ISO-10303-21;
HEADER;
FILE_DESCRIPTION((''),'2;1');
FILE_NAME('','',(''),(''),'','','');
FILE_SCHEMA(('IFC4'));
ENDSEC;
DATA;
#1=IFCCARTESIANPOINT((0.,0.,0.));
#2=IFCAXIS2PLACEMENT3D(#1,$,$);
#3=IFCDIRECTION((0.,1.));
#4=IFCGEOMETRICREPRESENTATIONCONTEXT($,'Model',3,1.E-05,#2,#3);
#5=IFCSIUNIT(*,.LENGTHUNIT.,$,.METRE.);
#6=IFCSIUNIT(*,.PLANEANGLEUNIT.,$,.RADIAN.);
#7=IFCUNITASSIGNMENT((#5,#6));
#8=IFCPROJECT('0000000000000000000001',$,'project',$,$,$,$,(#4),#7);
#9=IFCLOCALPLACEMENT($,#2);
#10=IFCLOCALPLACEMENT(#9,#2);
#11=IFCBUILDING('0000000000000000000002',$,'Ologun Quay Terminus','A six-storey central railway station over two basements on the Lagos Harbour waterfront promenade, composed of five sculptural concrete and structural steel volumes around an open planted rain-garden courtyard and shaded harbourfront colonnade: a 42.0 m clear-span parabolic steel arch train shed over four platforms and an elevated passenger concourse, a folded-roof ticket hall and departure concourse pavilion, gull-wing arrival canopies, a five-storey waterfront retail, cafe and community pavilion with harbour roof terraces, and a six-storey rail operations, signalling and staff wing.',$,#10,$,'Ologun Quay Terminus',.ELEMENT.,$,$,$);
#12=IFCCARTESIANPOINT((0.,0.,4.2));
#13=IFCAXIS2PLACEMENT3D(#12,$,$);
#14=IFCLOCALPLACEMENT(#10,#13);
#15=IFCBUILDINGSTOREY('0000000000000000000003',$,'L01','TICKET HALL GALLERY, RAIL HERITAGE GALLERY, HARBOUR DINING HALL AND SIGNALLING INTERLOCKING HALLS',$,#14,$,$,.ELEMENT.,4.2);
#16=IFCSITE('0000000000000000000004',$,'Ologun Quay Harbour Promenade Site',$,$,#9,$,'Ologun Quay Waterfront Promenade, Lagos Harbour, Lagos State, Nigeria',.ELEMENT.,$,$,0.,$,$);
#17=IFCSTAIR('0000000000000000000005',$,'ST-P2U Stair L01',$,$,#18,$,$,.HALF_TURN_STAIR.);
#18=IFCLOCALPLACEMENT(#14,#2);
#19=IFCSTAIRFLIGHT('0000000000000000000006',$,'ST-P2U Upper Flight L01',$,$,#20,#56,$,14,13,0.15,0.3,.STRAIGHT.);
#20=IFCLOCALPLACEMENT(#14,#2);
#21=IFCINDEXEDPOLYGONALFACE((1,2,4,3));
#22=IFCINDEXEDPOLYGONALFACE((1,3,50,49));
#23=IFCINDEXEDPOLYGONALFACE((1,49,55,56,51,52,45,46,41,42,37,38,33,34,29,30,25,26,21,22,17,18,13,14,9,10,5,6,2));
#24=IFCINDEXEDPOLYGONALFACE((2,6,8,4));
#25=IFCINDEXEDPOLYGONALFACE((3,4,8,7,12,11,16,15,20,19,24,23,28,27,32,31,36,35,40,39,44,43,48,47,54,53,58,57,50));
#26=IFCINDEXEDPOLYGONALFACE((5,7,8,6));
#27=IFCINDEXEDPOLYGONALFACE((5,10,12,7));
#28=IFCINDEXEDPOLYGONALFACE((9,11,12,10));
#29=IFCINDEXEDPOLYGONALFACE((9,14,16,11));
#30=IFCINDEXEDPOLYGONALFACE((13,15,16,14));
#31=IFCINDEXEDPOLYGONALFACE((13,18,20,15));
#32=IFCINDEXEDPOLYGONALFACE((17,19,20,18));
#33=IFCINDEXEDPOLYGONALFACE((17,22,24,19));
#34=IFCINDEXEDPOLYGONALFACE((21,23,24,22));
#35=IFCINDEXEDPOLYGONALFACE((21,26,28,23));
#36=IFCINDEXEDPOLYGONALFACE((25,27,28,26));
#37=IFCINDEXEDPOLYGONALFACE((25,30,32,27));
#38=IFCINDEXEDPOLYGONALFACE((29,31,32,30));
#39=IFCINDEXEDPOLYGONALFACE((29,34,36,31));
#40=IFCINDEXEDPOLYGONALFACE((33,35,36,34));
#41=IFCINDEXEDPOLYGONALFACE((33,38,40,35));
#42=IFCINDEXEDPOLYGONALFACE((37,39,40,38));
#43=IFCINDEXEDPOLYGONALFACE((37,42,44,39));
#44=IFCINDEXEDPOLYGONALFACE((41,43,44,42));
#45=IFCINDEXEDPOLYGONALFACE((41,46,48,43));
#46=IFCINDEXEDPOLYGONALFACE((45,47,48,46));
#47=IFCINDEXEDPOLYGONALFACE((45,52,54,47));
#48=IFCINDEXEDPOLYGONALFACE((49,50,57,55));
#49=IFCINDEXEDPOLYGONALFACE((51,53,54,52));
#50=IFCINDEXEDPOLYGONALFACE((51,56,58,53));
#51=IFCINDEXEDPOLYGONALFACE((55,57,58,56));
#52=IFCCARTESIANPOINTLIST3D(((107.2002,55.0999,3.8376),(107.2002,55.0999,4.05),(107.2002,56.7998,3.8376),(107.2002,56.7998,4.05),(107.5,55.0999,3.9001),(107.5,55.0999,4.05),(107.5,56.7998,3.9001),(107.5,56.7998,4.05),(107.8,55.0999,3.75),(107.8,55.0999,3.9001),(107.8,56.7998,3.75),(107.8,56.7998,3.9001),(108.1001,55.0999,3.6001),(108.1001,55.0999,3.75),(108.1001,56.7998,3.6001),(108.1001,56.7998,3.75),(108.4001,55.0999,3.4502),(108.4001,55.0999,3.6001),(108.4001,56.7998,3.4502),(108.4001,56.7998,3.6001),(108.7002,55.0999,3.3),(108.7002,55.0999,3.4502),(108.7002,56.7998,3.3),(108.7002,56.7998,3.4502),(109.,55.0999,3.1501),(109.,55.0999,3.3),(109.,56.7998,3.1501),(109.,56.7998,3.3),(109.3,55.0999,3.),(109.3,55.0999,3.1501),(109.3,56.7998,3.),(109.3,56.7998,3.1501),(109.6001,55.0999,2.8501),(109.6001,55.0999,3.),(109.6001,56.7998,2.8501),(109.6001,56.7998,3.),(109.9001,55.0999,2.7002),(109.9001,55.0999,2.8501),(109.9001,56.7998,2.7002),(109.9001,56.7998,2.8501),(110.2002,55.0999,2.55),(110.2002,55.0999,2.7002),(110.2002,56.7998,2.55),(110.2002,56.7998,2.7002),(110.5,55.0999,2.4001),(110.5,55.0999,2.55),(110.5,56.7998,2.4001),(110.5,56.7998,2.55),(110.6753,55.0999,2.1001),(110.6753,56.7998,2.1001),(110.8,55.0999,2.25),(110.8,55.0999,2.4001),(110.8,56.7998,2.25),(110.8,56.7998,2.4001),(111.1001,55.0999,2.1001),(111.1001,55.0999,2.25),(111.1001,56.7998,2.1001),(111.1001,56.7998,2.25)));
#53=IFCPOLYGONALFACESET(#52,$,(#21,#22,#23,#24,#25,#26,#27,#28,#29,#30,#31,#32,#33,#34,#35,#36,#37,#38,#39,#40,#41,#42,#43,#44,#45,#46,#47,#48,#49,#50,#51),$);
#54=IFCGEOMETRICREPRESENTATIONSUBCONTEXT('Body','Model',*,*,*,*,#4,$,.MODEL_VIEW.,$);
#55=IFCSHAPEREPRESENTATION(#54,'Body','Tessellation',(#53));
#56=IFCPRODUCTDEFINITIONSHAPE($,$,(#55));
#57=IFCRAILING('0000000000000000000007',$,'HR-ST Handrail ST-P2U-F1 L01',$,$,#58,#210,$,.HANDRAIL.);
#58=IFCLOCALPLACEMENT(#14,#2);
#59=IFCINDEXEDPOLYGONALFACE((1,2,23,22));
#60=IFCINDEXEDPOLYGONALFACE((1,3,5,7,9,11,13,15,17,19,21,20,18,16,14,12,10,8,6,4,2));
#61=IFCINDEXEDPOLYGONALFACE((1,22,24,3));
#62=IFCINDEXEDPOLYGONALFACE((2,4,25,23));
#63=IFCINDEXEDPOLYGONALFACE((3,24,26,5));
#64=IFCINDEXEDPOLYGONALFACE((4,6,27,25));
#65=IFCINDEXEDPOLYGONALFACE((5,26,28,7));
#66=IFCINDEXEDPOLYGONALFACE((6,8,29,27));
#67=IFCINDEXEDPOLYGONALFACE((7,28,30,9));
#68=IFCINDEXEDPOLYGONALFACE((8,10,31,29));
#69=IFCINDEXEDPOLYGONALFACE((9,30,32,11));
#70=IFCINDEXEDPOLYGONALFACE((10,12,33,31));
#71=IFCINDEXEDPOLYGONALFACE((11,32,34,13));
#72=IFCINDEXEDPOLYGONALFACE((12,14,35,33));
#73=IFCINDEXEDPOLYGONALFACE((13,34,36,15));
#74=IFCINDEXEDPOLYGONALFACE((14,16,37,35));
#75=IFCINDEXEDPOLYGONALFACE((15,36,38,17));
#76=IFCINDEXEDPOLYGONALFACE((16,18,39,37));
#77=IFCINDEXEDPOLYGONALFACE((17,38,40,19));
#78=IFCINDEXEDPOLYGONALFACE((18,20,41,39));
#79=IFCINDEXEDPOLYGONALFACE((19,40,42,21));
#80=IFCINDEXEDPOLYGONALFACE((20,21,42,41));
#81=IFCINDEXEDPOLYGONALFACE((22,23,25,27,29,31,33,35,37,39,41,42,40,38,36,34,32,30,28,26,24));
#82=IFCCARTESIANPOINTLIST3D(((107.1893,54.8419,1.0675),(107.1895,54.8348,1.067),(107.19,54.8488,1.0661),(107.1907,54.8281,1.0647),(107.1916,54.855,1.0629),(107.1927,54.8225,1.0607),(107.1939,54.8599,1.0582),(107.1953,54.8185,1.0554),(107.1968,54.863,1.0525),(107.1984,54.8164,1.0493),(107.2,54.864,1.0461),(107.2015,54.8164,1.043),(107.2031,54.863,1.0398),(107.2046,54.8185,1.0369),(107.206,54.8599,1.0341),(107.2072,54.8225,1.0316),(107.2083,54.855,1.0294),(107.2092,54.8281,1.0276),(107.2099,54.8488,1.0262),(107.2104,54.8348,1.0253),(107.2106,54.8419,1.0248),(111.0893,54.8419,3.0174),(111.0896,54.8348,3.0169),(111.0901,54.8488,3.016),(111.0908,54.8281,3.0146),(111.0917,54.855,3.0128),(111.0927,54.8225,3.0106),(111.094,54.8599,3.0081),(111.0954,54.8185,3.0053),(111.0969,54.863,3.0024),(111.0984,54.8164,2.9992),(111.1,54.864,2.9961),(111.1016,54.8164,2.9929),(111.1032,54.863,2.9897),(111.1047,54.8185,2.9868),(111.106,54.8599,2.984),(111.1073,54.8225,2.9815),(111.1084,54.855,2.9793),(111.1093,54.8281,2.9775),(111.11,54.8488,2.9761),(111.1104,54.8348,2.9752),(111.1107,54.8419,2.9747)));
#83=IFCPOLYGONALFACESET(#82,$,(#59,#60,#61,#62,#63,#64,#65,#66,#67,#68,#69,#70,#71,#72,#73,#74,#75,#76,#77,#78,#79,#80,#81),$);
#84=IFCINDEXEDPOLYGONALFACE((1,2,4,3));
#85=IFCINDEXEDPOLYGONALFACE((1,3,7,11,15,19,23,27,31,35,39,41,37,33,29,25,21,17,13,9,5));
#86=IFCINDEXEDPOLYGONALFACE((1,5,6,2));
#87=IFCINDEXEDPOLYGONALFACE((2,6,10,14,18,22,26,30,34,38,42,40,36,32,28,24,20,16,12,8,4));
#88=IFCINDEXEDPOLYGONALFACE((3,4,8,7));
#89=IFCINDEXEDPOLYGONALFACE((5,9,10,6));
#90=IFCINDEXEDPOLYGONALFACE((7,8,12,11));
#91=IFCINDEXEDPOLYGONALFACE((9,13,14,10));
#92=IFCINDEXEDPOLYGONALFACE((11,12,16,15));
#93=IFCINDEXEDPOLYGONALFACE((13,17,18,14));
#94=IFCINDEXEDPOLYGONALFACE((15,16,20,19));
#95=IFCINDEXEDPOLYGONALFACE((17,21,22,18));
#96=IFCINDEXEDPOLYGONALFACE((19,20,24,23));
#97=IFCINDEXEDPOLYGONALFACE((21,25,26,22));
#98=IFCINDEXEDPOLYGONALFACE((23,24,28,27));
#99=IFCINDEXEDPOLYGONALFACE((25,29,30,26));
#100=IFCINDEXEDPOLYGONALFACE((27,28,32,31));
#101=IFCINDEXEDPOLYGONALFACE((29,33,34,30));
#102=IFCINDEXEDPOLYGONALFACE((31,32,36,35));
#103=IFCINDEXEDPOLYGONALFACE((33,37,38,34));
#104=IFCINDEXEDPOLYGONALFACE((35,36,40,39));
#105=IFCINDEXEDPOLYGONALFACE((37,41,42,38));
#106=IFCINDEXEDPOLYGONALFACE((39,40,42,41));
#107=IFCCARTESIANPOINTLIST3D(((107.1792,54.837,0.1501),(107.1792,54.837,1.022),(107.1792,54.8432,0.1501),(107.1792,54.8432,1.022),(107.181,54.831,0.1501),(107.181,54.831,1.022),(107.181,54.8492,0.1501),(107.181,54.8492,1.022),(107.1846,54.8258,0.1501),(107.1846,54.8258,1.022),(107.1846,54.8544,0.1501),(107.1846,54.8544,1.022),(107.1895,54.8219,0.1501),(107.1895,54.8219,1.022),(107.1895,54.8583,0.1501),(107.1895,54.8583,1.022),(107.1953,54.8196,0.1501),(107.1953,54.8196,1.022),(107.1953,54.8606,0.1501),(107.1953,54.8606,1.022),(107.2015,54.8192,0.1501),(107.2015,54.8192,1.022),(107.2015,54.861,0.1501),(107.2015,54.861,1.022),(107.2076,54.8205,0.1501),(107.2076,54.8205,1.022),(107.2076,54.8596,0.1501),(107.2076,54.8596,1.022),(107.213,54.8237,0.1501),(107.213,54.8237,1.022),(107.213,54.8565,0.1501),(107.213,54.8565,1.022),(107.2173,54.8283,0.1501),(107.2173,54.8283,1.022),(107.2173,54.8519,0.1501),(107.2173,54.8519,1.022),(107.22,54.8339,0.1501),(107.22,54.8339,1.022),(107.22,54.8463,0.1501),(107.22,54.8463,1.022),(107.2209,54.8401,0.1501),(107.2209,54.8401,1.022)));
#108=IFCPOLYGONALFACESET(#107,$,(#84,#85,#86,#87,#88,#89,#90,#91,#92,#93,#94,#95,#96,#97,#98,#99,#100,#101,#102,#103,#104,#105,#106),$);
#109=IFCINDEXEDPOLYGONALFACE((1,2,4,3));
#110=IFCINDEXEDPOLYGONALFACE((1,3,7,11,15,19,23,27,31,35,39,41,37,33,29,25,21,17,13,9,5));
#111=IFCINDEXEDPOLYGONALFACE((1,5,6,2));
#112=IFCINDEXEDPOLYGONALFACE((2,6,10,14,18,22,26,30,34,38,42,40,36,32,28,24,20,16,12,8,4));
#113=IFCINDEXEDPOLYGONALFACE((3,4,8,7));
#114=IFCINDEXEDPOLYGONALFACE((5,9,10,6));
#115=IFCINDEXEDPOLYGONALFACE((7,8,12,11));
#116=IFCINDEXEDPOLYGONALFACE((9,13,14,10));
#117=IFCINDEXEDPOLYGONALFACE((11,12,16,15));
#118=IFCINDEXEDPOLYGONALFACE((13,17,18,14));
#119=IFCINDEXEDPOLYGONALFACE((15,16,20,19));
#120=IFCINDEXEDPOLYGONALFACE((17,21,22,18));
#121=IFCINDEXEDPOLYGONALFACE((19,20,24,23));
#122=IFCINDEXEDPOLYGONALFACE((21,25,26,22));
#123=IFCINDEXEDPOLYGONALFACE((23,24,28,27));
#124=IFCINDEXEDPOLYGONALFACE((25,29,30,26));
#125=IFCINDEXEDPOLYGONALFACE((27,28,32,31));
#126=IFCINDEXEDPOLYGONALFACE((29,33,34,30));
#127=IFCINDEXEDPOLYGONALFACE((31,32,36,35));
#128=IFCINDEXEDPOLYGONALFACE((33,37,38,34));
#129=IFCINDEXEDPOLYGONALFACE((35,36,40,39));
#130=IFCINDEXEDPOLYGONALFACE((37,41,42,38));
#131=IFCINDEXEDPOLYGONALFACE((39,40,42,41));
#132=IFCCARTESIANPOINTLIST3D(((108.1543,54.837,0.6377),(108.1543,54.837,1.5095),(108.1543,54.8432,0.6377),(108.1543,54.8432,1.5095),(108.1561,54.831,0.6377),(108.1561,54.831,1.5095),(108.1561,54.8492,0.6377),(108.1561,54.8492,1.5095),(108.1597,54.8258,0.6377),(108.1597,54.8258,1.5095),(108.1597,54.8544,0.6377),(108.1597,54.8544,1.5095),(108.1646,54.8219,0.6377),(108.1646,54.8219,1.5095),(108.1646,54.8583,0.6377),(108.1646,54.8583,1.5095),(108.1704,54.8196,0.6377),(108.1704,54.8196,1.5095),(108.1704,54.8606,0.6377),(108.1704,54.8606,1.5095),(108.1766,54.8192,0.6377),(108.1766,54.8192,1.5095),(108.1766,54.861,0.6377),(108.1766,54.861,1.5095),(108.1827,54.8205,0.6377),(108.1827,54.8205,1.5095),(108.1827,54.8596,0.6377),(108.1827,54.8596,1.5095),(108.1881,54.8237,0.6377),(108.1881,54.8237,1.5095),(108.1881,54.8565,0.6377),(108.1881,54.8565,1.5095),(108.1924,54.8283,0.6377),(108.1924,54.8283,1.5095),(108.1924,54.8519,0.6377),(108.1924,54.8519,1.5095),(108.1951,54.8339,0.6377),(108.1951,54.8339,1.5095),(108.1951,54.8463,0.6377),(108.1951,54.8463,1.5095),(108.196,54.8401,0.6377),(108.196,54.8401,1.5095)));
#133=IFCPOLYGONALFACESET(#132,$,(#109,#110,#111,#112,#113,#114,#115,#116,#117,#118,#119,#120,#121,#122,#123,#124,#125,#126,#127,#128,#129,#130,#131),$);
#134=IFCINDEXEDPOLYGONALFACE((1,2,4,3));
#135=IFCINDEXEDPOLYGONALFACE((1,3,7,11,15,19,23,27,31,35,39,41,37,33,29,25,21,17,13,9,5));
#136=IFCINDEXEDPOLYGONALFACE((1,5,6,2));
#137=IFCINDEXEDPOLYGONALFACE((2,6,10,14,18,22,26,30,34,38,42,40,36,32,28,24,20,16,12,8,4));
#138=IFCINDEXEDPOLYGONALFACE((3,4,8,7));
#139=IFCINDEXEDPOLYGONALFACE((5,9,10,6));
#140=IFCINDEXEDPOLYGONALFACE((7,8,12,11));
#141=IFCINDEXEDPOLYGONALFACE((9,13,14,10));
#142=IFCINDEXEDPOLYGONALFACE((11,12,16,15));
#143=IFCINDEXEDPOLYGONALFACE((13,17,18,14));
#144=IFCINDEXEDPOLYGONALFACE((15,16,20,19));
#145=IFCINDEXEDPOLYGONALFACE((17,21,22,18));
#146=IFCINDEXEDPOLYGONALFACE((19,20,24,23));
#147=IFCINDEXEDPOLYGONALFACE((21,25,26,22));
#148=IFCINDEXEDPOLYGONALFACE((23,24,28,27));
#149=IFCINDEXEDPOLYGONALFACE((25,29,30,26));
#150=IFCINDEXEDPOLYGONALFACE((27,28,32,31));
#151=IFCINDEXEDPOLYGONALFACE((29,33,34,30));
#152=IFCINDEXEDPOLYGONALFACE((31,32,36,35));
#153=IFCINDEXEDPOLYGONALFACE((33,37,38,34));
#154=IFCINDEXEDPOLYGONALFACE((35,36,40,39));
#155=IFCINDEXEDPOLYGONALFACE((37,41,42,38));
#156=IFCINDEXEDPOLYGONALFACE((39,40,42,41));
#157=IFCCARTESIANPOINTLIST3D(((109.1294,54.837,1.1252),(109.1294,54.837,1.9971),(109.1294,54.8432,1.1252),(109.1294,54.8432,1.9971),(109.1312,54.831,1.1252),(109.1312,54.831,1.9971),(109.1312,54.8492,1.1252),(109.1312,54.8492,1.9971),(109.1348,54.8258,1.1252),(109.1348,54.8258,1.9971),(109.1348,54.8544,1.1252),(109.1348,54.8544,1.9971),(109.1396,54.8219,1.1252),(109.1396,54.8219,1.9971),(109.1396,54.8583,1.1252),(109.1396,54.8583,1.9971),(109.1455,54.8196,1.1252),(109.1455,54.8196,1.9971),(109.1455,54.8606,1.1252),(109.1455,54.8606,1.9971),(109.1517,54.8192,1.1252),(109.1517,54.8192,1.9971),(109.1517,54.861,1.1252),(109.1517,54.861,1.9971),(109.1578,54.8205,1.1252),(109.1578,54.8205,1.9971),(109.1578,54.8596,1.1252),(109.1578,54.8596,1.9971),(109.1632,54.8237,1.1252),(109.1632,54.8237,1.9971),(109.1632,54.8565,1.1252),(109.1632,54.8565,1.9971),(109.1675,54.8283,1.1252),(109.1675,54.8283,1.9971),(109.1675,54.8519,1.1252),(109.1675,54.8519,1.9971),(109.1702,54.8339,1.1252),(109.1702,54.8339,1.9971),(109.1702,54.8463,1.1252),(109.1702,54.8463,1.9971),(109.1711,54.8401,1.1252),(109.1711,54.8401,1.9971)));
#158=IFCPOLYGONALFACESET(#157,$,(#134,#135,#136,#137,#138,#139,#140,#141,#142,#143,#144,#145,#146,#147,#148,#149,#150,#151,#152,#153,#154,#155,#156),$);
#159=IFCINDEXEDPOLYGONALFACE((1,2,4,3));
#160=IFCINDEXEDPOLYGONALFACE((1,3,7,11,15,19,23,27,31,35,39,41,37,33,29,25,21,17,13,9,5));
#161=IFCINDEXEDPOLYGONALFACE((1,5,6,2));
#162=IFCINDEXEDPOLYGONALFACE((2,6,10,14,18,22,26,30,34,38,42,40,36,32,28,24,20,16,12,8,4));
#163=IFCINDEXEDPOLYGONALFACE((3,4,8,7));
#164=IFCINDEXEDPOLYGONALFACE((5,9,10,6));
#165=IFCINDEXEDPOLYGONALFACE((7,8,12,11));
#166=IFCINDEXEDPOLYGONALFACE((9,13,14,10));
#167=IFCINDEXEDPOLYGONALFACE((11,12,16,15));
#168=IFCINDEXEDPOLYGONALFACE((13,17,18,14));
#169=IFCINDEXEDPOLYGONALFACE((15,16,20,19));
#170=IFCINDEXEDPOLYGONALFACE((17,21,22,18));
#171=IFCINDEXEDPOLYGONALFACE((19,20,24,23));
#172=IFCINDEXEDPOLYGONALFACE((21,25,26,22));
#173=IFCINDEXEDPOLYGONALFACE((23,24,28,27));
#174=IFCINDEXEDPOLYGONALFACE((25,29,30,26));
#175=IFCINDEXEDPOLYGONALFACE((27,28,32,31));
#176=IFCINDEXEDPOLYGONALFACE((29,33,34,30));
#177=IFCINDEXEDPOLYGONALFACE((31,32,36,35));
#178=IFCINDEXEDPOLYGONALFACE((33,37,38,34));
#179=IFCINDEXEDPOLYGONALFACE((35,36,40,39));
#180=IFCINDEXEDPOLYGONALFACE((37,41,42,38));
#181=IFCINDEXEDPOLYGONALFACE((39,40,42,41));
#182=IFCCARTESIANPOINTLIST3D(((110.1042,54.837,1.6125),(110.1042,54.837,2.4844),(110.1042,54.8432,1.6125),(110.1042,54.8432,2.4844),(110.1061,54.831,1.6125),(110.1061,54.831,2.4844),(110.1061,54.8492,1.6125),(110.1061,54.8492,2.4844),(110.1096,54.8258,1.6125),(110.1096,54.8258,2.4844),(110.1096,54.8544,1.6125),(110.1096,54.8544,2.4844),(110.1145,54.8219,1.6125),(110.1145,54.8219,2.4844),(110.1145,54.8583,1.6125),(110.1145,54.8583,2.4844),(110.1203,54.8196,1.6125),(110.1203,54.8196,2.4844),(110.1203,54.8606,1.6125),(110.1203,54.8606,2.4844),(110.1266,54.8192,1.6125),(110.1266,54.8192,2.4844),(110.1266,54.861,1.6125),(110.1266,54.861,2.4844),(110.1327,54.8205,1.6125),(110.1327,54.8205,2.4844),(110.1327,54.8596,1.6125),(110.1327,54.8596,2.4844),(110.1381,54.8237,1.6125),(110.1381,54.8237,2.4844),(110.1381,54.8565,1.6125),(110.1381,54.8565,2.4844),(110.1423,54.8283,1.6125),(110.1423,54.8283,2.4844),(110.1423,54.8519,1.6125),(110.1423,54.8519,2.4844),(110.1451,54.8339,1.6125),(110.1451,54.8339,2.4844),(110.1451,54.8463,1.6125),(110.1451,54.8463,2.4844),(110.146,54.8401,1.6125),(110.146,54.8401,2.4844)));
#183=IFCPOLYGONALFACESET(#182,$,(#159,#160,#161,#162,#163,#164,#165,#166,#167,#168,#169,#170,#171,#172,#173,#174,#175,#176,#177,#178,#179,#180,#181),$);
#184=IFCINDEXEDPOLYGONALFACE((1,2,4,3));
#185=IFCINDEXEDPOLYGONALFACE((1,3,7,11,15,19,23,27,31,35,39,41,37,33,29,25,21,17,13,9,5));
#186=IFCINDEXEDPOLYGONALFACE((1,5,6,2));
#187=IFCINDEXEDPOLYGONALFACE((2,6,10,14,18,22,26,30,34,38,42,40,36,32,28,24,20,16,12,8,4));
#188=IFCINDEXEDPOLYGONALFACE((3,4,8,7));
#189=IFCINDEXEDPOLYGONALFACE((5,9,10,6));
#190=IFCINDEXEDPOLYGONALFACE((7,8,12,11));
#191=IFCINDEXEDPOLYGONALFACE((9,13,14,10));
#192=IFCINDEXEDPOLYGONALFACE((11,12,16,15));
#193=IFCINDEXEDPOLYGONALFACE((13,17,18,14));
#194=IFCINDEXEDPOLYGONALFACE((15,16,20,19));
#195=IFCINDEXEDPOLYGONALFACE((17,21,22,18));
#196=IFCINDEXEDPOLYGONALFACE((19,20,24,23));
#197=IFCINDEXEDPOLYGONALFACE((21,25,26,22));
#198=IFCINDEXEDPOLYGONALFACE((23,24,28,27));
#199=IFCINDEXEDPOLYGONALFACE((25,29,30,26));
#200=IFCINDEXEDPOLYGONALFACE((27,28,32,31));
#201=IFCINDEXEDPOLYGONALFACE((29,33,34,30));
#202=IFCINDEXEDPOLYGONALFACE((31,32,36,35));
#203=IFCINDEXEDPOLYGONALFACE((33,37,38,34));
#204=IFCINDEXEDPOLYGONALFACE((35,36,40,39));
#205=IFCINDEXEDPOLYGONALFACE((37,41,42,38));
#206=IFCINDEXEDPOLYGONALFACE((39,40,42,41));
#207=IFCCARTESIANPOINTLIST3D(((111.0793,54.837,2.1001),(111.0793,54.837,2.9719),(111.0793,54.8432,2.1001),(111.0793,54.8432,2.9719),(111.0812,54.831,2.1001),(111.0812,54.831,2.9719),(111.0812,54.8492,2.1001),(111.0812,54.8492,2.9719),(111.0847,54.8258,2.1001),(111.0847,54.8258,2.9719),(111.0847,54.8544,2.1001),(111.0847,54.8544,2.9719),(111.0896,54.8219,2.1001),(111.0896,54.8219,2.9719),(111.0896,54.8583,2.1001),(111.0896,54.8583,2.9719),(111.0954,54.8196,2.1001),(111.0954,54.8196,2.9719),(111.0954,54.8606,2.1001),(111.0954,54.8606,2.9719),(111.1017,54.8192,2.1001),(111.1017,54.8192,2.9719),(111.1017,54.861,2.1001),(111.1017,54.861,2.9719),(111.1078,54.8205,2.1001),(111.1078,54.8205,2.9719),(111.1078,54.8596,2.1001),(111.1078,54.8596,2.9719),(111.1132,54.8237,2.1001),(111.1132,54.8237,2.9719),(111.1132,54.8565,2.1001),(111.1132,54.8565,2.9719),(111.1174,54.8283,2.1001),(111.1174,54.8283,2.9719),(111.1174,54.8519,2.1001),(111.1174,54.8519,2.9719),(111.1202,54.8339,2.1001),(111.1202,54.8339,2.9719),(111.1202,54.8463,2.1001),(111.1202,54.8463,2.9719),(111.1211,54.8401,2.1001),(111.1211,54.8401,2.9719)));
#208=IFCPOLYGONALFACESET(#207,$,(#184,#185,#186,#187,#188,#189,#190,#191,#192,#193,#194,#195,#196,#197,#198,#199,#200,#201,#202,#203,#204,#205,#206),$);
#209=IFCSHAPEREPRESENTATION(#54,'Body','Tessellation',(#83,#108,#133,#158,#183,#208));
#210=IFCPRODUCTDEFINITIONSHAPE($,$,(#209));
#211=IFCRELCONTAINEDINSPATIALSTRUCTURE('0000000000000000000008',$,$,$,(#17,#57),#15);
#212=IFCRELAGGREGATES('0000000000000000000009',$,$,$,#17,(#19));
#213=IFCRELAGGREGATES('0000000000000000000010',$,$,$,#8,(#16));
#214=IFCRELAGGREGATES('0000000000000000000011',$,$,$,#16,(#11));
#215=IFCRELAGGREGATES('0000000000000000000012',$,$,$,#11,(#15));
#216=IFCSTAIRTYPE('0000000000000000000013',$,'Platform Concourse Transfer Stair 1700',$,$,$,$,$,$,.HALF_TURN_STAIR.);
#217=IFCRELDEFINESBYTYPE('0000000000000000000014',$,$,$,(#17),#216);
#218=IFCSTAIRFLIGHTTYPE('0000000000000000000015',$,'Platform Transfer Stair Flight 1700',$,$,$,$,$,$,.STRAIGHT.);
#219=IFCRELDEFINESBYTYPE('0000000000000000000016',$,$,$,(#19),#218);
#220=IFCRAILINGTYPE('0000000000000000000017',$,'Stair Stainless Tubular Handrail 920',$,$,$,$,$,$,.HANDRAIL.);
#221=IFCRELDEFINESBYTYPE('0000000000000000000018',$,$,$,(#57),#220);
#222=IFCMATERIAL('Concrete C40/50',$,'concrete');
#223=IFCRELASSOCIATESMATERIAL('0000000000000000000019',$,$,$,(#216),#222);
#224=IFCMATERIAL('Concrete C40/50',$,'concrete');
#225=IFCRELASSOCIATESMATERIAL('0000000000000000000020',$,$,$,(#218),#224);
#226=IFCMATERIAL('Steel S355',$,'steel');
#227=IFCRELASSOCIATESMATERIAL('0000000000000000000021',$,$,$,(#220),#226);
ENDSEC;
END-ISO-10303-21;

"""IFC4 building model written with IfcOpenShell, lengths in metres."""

from ifc_helpers import new_model, si_unit, direction, frame, origin, origin_2d, place, context, subcontext, project, spatial, polyline, circle, outline, extrude, material, type_object, element, aggregate, save


model = new_model("IFC4")

# Units and contexts
model_context = context("Model", 3, precision=1e-05, world=origin(), true_north=direction((0.0, 1.0)))
body_context = subcontext(model_context, "Body", "Model", "MODEL_VIEW")
ifc_project = project(units=[si_unit("LENGTHUNIT", "METRE"), si_unit("PLANEANGLEUNIT", "RADIAN")], contexts=[model_context])

# Site, building, storey
site_placement = place(None, origin())
site = spatial("IfcSite", under=ifc_project, at=site_placement, Name="Ologun Quay Harbour Promenade Site", LongName="Ologun Quay Waterfront Promenade, Lagos Harbour, Lagos State, Nigeria", CompositionType="ELEMENT", RefElevation=0.0)
building_placement = place(site_placement, origin())
building = spatial("IfcBuilding", under=site, at=building_placement, Name="Ologun Quay Terminus", Description="A six-storey central railway station over two basements on the Lagos Harbour waterfront promenade, composed of five sculptural concrete and structural steel volumes around an open planted rain-garden courtyard and shaded harbourfront colonnade: a 42.0 m clear-span parabolic steel arch train shed over four platforms and an elevated passenger concourse, a folded-roof ticket hall and departure concourse pavilion, gull-wing arrival canopies, a five-storey waterfront retail, cafe and community pavilion with harbour roof terraces, and a six-storey rail operations, signalling and staff wing.", LongName="Ologun Quay Terminus", CompositionType="ELEMENT")
storey_placement = place(building_placement, frame((0.0, 0.0, 4.2)))
storey = spatial("IfcBuildingStorey", under=building, at=storey_placement, Name="L01", Description="TICKET HALL GALLERY, RAIL HERITAGE GALLERY, HARBOUR DINING HALL AND SIGNALLING INTERLOCKING HALLS", CompositionType="ELEMENT", Elevation=4.2)

# Stair, stair flight
ifc_material_1 = material(Name="Concrete C40/50", Category="concrete")
stair_type = type_object("IfcStairType", Name="Platform Concourse Transfer Stair 1700", PredefinedType="HALF_TURN_STAIR", material=ifc_material_1)
stair_placement = place(storey_placement, origin())
stair = element("IfcStair", 1, at=stair_placement, inside=storey, type_object=stair_type, Name="ST-P2U Stair L01", PredefinedType="HALF_TURN_STAIR")
ifc_material_2 = material(Name="Concrete C40/50", Category="concrete")
stair_flight_type = type_object("IfcStairFlightType", Name="Platform Transfer Stair Flight 1700", PredefinedType="STRAIGHT", material=ifc_material_2)
stair_flight_1_placement = place(storey_placement, frame((111.1001, 55.95, 2.1001), z_axis=(0.0, 0.0, 1.0), x_axis=(-1.0, 0.0, 0.0)))
stair_flight_1 = element("IfcStairFlight", 2, at=stair_flight_1_placement, type_object=stair_flight_type, Name="ST-P2U Upper Flight L01", NumberOfRisers=14, NumberOfTreads=13, PredefinedType="STRAIGHT", RiserHeight=0.15, TreadLength=0.3, context=body_context, shape_type="SweptSolid", body=[
    extrude(outline(polyline([(0.0, 0.0), (0.0, 0.1499), (0.3, 0.1499), (0.3, 0.3), (0.6001, 0.3), (0.6001, 0.45), (0.8999, 0.45), (0.8999, 0.6001), (1.2, 0.6001), (1.2, 0.75), (1.5, 0.75), (1.5, 0.8999), (1.8, 0.8999), (1.8, 1.05), (2.1001, 1.05), (2.1001, 1.2), (2.3999, 1.2), (2.3999, 1.3501), (2.7, 1.3501), (2.7, 1.5), (3.0, 1.5), (3.0, 1.6499), (3.3, 1.6499), (3.3, 1.8), (3.6001, 1.8), (3.6001, 1.95), (3.8999, 1.95), (3.8999, 2.1001), (3.8999, 1.7375), (0.4248, 0.0), (0.0, 0.0)])), frame((0.0, 0.8501, 0.0), z_axis=(0.0, -1.0, 0.0), x_axis=(1.0, 0.0, 0.0)), (0.0, 0.0, 1.0), 1.7),
])
aggregate(stair, [stair_flight_1])

# Railing
ifc_material_3 = material(Name="Steel S355", Category="steel")
railing_type_1 = type_object("IfcRailingType", Name="Stair Stainless Tubular Handrail 920", PredefinedType="HANDRAIL", material=ifc_material_3)
railing_1_placement = place(storey_placement, frame((107.2, 54.8401, 0.1501)))
element("IfcRailing", 3, at=railing_1_placement, inside=storey, type_object=railing_type_1, Name="HR-ST Handrail ST-P2U-F1 L01", PredefinedType="HANDRAIL", context=body_context, shape_type="SweptSolid", body=[
    extrude(circle(Radius=0.0239, at=origin_2d()), frame((0.0, 0.0, 0.896), z_axis=(0.894438, 0.0, 0.447191), x_axis=(0.0, 1.0, 0.0)), (0.0, 0.0, 1.0), 4.3604),
    extrude(circle(Radius=0.021, at=origin_2d()), origin(), (0.0, 0.0, 1.0), 0.8718),
    extrude(circle(Radius=0.021, at=origin_2d()), frame((0.9751, 0.0, 0.4875)), (0.0, 0.0, 1.0), 0.8718),
    extrude(circle(Radius=0.021, at=origin_2d()), frame((1.9502, 0.0, 0.9751)), (0.0, 0.0, 1.0), 0.8718),
    extrude(circle(Radius=0.021, at=origin_2d()), frame((2.925, 0.0, 1.4624)), (0.0, 0.0, 1.0), 0.8718),
    extrude(circle(Radius=0.021, at=origin_2d()), frame((3.9001, 0.0, 1.95)), (0.0, 0.0, 1.0), 0.8718),
])

save(model, "model.ifc")
